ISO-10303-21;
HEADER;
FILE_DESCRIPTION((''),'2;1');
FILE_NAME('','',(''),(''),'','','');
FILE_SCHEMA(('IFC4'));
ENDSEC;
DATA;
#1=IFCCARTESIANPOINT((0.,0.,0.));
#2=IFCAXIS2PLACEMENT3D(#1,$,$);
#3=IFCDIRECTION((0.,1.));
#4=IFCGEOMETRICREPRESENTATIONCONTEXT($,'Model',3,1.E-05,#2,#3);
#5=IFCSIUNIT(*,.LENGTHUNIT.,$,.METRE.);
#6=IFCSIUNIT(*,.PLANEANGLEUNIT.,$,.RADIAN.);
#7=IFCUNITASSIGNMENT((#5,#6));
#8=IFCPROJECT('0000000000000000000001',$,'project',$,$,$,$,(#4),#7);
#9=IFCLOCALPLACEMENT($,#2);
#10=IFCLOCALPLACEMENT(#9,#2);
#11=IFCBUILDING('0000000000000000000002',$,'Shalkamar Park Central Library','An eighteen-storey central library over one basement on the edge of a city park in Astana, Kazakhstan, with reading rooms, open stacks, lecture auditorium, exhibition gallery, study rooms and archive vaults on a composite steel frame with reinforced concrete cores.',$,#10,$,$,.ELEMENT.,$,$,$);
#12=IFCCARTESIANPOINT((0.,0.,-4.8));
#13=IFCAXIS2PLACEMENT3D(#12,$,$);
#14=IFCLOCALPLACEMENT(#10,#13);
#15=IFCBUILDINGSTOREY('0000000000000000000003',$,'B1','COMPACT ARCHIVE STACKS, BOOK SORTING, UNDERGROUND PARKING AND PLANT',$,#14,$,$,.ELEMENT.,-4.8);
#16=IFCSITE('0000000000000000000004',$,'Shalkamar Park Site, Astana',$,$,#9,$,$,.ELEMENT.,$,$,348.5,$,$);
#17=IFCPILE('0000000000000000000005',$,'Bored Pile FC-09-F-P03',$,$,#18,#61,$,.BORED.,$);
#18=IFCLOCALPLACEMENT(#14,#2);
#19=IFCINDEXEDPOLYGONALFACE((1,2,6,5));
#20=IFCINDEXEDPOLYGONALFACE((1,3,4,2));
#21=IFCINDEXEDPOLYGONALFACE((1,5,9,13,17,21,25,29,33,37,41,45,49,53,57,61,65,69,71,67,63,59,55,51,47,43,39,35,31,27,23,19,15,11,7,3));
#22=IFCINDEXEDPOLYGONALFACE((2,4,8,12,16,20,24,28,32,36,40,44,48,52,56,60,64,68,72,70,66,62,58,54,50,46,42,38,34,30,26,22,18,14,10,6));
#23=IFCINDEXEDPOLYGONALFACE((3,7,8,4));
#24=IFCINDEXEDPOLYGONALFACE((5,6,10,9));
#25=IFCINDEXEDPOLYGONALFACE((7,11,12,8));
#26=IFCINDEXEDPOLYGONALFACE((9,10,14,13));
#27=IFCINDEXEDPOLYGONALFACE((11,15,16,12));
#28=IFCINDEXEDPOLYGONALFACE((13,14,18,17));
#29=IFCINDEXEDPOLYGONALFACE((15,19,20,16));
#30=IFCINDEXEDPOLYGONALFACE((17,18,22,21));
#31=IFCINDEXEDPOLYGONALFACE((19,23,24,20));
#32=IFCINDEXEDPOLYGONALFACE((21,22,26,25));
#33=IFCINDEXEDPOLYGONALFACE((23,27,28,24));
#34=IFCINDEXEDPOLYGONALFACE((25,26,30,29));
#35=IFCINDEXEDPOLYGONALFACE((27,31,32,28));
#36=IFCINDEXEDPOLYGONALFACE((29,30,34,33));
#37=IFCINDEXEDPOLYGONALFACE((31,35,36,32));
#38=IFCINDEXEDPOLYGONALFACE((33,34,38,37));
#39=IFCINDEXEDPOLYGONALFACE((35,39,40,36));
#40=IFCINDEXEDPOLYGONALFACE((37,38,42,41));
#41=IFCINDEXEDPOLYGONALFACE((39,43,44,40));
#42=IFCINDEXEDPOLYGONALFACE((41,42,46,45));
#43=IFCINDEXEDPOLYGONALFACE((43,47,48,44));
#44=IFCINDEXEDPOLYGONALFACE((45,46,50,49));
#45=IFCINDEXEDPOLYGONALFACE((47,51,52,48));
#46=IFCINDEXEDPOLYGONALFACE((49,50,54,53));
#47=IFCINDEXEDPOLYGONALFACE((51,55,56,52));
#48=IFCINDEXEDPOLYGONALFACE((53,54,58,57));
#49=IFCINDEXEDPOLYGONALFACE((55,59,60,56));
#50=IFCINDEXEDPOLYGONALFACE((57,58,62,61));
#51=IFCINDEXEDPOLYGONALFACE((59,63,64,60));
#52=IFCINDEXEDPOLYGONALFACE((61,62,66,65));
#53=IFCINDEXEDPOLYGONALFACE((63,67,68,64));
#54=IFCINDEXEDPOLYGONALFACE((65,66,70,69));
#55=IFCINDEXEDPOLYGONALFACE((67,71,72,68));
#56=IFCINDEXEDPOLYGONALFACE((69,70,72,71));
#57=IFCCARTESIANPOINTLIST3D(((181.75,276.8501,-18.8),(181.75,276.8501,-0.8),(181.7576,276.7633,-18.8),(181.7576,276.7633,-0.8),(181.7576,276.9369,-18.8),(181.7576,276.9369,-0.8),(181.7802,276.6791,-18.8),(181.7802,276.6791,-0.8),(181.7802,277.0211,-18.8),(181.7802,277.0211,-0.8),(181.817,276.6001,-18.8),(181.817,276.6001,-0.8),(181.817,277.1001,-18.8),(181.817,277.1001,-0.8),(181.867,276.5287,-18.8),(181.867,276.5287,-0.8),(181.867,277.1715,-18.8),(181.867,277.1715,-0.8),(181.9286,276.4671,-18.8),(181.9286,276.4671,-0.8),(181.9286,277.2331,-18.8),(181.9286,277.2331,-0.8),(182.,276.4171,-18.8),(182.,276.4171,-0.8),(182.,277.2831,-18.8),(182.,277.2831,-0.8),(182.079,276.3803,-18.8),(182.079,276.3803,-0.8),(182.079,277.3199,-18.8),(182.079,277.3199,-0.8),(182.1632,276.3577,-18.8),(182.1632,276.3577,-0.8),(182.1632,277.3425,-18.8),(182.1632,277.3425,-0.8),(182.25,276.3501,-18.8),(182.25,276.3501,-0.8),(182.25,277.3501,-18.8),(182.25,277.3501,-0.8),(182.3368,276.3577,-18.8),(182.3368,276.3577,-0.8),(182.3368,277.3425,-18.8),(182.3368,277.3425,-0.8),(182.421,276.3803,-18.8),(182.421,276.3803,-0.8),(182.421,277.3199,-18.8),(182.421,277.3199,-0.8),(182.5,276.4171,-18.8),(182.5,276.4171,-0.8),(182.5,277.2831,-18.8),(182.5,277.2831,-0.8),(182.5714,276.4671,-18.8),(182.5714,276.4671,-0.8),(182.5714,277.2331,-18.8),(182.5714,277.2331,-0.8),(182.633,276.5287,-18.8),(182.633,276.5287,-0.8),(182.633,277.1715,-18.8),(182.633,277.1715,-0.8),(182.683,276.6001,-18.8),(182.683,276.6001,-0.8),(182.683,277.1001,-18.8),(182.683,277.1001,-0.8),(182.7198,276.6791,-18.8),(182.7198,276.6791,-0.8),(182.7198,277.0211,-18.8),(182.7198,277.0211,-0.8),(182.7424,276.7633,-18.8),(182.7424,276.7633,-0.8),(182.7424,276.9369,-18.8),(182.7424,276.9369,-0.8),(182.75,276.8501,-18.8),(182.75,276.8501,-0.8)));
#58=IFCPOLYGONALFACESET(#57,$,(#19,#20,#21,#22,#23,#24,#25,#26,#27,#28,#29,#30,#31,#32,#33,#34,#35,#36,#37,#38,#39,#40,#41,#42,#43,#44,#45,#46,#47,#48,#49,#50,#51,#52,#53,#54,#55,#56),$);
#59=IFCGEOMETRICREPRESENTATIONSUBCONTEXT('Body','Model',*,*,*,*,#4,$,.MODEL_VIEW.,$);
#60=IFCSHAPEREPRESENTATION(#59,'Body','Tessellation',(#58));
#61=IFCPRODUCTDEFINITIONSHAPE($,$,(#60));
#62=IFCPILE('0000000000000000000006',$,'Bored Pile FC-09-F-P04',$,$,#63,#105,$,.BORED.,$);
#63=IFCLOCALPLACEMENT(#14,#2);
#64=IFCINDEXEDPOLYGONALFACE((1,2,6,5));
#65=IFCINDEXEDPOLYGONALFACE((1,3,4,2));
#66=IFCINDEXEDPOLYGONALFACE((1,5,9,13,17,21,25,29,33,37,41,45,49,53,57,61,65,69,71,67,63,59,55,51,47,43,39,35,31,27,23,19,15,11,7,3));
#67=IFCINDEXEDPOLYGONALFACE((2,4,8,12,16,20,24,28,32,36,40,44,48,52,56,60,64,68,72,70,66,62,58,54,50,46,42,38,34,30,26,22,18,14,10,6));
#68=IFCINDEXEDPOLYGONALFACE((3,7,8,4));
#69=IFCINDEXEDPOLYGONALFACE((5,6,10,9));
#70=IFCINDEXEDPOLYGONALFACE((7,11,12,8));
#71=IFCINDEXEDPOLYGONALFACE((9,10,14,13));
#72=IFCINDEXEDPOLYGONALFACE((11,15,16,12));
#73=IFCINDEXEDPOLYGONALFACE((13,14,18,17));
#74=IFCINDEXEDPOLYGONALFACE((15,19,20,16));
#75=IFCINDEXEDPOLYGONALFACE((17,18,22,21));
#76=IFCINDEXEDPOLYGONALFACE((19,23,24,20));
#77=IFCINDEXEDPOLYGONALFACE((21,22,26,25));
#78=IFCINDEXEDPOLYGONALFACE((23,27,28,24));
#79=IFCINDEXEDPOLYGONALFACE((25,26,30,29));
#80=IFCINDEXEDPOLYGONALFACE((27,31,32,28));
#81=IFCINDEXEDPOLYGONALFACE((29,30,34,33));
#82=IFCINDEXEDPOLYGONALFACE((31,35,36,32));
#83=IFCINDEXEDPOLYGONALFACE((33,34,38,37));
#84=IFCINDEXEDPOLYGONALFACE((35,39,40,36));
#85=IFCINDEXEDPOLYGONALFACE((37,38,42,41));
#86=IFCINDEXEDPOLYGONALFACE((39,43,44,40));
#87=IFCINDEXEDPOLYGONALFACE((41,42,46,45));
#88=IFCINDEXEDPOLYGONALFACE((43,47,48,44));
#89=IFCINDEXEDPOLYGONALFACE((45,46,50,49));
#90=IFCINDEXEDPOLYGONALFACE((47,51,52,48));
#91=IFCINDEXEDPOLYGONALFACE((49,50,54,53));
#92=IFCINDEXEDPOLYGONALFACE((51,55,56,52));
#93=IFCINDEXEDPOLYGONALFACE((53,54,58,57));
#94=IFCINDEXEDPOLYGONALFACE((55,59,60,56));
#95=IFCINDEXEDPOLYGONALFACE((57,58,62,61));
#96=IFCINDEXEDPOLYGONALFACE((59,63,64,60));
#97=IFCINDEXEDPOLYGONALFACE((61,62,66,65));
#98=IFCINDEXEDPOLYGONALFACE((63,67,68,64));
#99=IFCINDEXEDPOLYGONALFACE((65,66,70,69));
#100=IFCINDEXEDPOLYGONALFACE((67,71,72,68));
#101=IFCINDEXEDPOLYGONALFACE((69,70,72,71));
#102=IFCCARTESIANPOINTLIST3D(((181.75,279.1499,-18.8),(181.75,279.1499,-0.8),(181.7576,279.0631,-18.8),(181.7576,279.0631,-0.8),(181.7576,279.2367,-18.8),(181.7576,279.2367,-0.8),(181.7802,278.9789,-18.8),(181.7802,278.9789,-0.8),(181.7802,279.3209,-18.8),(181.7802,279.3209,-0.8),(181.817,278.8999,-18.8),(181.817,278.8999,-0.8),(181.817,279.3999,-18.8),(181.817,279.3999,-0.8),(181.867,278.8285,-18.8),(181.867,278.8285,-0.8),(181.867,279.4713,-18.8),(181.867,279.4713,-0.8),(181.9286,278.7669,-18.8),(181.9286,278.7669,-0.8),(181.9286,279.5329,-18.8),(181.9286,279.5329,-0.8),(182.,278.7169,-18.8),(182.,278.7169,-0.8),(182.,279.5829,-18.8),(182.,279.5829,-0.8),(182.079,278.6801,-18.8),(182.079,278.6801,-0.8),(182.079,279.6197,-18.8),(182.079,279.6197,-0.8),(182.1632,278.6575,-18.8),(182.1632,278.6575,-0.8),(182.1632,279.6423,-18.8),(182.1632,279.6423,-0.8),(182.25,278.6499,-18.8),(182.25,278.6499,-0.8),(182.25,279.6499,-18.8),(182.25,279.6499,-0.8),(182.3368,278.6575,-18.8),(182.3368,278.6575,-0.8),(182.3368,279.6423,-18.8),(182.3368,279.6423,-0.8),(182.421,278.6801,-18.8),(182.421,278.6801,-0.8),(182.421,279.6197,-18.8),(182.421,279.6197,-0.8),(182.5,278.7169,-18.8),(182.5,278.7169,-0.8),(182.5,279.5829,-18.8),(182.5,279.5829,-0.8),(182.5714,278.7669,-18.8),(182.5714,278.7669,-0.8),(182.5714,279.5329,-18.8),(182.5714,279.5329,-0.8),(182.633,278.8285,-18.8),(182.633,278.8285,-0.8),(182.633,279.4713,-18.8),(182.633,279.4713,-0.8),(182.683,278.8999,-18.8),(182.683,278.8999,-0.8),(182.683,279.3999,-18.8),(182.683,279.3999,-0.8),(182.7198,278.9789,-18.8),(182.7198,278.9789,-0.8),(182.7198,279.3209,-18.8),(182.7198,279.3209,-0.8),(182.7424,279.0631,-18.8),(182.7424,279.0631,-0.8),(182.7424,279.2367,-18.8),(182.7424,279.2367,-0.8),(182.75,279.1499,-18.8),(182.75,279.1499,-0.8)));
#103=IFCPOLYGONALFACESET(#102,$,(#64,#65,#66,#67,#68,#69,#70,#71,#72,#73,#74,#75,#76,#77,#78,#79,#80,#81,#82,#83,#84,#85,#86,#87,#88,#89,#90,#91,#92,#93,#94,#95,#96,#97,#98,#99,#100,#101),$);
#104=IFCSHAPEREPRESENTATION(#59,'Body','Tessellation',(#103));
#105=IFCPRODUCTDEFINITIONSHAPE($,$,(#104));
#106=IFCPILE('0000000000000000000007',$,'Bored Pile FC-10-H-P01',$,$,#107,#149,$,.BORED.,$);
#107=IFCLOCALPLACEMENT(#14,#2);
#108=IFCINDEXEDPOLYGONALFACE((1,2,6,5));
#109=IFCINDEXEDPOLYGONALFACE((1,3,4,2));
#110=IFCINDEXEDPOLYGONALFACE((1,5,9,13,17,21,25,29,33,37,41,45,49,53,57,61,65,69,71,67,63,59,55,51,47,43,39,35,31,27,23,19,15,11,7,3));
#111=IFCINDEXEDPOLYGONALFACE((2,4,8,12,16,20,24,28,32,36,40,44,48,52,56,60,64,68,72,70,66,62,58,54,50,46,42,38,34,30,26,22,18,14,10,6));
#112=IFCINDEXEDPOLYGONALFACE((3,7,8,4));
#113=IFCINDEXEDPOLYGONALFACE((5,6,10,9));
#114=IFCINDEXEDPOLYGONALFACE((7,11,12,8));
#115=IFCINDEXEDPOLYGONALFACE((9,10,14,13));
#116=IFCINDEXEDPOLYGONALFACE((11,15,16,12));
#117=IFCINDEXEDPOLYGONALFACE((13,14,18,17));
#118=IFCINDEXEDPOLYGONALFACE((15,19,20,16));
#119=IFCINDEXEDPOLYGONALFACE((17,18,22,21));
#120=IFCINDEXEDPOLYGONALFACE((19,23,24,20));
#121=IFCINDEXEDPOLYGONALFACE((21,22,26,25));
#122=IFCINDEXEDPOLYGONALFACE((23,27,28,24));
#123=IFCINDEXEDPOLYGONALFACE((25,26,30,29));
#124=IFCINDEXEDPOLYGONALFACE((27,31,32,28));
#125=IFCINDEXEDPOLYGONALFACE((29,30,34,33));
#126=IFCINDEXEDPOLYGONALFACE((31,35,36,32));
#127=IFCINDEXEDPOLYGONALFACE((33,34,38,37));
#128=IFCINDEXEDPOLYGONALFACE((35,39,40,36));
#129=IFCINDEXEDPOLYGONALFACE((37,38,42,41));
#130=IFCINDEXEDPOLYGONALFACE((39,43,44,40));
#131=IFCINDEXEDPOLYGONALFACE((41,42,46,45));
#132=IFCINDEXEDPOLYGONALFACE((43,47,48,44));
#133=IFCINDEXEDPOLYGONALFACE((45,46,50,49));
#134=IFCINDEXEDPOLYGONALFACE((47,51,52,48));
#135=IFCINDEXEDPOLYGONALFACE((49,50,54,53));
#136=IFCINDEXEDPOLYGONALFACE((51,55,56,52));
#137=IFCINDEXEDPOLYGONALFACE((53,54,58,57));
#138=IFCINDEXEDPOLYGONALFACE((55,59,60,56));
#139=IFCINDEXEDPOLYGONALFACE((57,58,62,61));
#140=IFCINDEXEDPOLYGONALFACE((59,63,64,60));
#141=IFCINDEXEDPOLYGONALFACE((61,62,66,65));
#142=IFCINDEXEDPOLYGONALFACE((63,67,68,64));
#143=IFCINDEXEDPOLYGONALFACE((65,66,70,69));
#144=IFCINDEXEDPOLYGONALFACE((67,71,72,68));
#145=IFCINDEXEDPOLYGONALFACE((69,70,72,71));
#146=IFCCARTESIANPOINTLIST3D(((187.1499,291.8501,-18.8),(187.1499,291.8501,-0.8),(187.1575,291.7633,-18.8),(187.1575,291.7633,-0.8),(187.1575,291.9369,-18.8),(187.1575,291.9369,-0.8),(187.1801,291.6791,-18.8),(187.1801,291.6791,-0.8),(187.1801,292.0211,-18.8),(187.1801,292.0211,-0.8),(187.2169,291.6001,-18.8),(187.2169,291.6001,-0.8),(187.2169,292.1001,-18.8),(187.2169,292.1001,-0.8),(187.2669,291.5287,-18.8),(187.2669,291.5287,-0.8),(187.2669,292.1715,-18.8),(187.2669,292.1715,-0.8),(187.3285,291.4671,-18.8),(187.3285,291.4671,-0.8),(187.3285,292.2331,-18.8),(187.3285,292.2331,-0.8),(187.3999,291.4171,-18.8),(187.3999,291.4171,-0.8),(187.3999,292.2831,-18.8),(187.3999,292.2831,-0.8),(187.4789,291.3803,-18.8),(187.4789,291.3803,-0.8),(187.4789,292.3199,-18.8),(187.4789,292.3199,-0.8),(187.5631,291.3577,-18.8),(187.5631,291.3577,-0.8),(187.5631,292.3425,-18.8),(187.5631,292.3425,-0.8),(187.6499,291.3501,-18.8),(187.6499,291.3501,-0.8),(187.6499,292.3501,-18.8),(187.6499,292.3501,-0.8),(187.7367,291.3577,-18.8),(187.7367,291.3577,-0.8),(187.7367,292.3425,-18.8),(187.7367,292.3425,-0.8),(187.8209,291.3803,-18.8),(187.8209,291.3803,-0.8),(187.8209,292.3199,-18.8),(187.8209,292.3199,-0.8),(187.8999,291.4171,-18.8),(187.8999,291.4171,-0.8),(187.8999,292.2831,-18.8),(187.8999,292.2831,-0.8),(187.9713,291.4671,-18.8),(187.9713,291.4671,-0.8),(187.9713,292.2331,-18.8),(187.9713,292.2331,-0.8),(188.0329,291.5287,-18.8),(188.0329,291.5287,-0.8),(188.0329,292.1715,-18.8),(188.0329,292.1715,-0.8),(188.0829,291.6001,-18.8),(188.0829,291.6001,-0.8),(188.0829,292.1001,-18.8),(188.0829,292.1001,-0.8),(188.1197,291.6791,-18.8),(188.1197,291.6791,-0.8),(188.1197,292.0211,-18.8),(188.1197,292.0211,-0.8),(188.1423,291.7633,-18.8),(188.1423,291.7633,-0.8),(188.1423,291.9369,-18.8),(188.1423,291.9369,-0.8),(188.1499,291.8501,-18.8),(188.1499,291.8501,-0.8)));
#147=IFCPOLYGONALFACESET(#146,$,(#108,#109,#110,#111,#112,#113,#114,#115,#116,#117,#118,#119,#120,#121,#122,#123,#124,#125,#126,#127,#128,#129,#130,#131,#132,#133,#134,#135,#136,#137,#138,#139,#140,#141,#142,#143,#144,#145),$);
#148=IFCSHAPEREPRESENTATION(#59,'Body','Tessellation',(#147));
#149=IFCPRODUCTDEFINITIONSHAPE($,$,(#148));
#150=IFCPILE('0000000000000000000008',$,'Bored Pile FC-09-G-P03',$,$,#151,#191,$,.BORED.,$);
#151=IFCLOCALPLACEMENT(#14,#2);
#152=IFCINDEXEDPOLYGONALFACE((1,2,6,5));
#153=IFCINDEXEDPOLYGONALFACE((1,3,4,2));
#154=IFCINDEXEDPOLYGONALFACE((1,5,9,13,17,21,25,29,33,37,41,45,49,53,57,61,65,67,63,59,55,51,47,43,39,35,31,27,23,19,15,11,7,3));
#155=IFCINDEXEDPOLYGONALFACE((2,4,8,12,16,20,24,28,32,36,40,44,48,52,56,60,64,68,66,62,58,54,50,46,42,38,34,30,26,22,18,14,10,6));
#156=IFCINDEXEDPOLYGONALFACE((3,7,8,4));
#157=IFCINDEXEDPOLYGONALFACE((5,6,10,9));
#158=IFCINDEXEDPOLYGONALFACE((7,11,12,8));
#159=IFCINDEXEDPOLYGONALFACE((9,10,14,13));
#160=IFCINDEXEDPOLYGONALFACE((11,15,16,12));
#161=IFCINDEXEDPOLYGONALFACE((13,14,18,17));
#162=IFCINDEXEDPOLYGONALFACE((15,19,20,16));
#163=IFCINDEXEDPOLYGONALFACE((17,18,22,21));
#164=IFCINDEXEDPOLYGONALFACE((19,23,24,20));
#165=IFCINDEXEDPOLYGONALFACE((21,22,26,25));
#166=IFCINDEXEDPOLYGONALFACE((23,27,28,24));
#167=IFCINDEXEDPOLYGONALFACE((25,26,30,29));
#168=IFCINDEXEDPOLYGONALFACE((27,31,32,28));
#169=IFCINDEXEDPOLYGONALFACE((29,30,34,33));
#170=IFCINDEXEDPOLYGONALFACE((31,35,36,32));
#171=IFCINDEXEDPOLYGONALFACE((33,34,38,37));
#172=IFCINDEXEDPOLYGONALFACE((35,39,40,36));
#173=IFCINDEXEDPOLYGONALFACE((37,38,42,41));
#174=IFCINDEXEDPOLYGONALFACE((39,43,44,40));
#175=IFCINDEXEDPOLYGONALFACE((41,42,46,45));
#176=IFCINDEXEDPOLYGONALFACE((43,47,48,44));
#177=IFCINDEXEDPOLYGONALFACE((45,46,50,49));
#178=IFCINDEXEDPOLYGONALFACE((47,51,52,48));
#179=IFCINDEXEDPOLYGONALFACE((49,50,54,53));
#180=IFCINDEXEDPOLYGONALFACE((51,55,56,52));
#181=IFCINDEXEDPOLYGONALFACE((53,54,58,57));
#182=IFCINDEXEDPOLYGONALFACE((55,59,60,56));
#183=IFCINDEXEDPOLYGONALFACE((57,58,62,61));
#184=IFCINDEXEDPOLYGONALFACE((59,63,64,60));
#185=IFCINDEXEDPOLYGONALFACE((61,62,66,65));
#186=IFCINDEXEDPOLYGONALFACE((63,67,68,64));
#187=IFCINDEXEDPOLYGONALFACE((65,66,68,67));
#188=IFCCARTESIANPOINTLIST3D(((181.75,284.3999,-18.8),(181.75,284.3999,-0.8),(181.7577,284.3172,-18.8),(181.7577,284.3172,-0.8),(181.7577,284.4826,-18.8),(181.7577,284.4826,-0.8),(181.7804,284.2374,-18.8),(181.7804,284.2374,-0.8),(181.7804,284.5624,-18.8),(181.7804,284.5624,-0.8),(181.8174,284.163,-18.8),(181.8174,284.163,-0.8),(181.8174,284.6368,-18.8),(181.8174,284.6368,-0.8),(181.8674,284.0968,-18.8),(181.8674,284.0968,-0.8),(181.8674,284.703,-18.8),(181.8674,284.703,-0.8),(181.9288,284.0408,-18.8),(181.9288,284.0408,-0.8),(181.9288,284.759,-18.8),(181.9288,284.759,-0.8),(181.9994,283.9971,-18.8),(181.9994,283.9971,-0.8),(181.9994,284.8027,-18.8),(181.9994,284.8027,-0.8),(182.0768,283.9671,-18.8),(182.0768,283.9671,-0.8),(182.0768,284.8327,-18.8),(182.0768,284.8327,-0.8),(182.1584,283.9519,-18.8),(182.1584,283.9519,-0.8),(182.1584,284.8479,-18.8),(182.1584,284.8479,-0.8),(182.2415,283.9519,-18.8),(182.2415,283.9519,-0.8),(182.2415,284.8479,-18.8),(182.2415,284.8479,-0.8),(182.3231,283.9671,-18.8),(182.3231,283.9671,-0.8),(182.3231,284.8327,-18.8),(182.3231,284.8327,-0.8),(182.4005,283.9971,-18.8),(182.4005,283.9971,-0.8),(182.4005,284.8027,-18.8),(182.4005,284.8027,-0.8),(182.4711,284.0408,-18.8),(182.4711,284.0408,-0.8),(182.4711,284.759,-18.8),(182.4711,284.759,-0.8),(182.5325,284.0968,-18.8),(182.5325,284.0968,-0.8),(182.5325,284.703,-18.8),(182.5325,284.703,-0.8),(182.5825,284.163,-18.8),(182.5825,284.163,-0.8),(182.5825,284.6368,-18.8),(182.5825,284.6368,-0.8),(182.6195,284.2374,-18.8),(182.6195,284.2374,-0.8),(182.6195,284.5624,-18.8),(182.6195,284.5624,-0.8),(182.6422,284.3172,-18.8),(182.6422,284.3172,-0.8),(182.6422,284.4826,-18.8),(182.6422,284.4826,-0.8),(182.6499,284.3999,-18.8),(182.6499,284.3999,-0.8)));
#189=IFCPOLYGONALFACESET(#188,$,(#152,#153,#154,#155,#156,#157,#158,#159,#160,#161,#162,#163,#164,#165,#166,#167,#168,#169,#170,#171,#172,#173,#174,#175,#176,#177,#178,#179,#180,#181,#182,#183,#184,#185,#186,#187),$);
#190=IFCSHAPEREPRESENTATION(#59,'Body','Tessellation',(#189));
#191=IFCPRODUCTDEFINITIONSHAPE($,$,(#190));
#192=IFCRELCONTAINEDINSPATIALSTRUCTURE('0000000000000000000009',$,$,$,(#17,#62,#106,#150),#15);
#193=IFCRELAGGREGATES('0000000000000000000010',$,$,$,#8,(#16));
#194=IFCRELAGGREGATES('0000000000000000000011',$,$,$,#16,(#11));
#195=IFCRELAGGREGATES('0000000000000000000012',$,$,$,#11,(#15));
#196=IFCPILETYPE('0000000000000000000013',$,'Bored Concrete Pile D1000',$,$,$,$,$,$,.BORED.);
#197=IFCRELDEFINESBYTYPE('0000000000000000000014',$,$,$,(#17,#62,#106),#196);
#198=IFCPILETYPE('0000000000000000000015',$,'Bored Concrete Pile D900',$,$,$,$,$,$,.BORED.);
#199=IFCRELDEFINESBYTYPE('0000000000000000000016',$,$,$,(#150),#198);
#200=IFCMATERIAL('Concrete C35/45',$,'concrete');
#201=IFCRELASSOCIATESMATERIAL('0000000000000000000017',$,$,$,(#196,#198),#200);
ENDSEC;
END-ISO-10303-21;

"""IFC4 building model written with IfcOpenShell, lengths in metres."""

from ifc_helpers import new_model, si_unit, direction, frame, origin, origin_2d, place, context, subcontext, project, spatial, circle, extrude, material, material_profile, profile_set, type_object, element, save


model = new_model("IFC4")

# Units and contexts
model_context = context("Model", 3, precision=1e-05, world=origin(), true_north=direction((0.0, 1.0)))
body_context = subcontext(model_context, "Body", "Model", "MODEL_VIEW")
ifc_project = project(units=[si_unit("LENGTHUNIT", "METRE"), si_unit("PLANEANGLEUNIT", "RADIAN")], contexts=[model_context])

# Site, building, storey
site_placement = place(None, origin())
site = spatial("IfcSite", under=ifc_project, at=site_placement, Name="Shalkamar Park Site, Astana", CompositionType="ELEMENT", RefElevation=348.5)
building_placement = place(site_placement, origin())
building = spatial("IfcBuilding", under=site, at=building_placement, Name="Shalkamar Park Central Library", Description="An eighteen-storey central library over one basement on the edge of a city park in Astana, Kazakhstan, with reading rooms, open stacks, lecture auditorium, exhibition gallery, study rooms and archive vaults on a composite steel frame with reinforced concrete cores.", CompositionType="ELEMENT")
storey_placement = place(building_placement, frame((0.0, 0.0, -4.8)))
storey = spatial("IfcBuildingStorey", under=building, at=storey_placement, Name="B1", Description="COMPACT ARCHIVE STACKS, BOOK SORTING, UNDERGROUND PARKING AND PLANT", CompositionType="ELEMENT", Elevation=-4.8)

# Piles
ifc_material_1 = material(Name="Concrete C35/45", Category="concrete")
ifc_material_profile_1 = material_profile(ifc_material_1, circle(Radius=0.5, at=origin_2d()), Name="PILE D1000")
ifc_profile_set_1 = profile_set([ifc_material_profile_1], Name="Concrete C35/45")
pile_type_1 = type_object("IfcPileType", Name="Bored Concrete Pile D1000", PredefinedType="BORED", material=ifc_profile_set_1)
for number, where, z_axis, x_axis, name in (
    (1, (182.25, 276.8501, -0.8), (0.0, 0.0, -1.0), (1.0, 0.0, 0.0), "Bored Pile FC-09-F-P03"),
    (2, (182.25, 279.1499, -0.8), (0.0, 0.0, -1.0), (1.0, 0.0, 0.0), "Bored Pile FC-09-F-P04"),
    (3, (187.6499, 291.8501, -0.8), (0.0, 0.0, -1.0), (1.0, 0.0, 0.0), "Bored Pile FC-10-H-P01"),
):
    element("IfcPile", number, at=place(storey_placement, frame(where, z_axis=z_axis, x_axis=x_axis)), inside=storey, type_object=pile_type_1, Name=name, PredefinedType="BORED", context=body_context, shape_type="SweptSolid", body=[
        extrude(circle(Radius=0.5, at=origin_2d()), origin(), (0.0, 0.0, 1.0), 18.0),
    ])
ifc_material_profile_2 = material_profile(ifc_material_1, circle(Radius=0.45, at=origin_2d()), Name="PILE D900")
ifc_profile_set_2 = profile_set([ifc_material_profile_2], Name="Concrete C35/45")
pile_type_2 = type_object("IfcPileType", Name="Bored Concrete Pile D900", PredefinedType="BORED", material=ifc_profile_set_2)
for number, where, z_axis, x_axis, name in (
    (4, (182.2, 284.3999, -0.8), (0.0, 0.0, -1.0), (1.0, 0.0, 0.0), "Bored Pile FC-09-G-P03"),
):
    element("IfcPile", number, at=place(storey_placement, frame(where, z_axis=z_axis, x_axis=x_axis)), inside=storey, type_object=pile_type_2, Name=name, PredefinedType="BORED", context=body_context, shape_type="SweptSolid", body=[
        extrude(circle(Radius=0.45, at=origin_2d()), origin(), (0.0, 0.0, 1.0), 18.0),
    ])

save(model, "model.ifc")
